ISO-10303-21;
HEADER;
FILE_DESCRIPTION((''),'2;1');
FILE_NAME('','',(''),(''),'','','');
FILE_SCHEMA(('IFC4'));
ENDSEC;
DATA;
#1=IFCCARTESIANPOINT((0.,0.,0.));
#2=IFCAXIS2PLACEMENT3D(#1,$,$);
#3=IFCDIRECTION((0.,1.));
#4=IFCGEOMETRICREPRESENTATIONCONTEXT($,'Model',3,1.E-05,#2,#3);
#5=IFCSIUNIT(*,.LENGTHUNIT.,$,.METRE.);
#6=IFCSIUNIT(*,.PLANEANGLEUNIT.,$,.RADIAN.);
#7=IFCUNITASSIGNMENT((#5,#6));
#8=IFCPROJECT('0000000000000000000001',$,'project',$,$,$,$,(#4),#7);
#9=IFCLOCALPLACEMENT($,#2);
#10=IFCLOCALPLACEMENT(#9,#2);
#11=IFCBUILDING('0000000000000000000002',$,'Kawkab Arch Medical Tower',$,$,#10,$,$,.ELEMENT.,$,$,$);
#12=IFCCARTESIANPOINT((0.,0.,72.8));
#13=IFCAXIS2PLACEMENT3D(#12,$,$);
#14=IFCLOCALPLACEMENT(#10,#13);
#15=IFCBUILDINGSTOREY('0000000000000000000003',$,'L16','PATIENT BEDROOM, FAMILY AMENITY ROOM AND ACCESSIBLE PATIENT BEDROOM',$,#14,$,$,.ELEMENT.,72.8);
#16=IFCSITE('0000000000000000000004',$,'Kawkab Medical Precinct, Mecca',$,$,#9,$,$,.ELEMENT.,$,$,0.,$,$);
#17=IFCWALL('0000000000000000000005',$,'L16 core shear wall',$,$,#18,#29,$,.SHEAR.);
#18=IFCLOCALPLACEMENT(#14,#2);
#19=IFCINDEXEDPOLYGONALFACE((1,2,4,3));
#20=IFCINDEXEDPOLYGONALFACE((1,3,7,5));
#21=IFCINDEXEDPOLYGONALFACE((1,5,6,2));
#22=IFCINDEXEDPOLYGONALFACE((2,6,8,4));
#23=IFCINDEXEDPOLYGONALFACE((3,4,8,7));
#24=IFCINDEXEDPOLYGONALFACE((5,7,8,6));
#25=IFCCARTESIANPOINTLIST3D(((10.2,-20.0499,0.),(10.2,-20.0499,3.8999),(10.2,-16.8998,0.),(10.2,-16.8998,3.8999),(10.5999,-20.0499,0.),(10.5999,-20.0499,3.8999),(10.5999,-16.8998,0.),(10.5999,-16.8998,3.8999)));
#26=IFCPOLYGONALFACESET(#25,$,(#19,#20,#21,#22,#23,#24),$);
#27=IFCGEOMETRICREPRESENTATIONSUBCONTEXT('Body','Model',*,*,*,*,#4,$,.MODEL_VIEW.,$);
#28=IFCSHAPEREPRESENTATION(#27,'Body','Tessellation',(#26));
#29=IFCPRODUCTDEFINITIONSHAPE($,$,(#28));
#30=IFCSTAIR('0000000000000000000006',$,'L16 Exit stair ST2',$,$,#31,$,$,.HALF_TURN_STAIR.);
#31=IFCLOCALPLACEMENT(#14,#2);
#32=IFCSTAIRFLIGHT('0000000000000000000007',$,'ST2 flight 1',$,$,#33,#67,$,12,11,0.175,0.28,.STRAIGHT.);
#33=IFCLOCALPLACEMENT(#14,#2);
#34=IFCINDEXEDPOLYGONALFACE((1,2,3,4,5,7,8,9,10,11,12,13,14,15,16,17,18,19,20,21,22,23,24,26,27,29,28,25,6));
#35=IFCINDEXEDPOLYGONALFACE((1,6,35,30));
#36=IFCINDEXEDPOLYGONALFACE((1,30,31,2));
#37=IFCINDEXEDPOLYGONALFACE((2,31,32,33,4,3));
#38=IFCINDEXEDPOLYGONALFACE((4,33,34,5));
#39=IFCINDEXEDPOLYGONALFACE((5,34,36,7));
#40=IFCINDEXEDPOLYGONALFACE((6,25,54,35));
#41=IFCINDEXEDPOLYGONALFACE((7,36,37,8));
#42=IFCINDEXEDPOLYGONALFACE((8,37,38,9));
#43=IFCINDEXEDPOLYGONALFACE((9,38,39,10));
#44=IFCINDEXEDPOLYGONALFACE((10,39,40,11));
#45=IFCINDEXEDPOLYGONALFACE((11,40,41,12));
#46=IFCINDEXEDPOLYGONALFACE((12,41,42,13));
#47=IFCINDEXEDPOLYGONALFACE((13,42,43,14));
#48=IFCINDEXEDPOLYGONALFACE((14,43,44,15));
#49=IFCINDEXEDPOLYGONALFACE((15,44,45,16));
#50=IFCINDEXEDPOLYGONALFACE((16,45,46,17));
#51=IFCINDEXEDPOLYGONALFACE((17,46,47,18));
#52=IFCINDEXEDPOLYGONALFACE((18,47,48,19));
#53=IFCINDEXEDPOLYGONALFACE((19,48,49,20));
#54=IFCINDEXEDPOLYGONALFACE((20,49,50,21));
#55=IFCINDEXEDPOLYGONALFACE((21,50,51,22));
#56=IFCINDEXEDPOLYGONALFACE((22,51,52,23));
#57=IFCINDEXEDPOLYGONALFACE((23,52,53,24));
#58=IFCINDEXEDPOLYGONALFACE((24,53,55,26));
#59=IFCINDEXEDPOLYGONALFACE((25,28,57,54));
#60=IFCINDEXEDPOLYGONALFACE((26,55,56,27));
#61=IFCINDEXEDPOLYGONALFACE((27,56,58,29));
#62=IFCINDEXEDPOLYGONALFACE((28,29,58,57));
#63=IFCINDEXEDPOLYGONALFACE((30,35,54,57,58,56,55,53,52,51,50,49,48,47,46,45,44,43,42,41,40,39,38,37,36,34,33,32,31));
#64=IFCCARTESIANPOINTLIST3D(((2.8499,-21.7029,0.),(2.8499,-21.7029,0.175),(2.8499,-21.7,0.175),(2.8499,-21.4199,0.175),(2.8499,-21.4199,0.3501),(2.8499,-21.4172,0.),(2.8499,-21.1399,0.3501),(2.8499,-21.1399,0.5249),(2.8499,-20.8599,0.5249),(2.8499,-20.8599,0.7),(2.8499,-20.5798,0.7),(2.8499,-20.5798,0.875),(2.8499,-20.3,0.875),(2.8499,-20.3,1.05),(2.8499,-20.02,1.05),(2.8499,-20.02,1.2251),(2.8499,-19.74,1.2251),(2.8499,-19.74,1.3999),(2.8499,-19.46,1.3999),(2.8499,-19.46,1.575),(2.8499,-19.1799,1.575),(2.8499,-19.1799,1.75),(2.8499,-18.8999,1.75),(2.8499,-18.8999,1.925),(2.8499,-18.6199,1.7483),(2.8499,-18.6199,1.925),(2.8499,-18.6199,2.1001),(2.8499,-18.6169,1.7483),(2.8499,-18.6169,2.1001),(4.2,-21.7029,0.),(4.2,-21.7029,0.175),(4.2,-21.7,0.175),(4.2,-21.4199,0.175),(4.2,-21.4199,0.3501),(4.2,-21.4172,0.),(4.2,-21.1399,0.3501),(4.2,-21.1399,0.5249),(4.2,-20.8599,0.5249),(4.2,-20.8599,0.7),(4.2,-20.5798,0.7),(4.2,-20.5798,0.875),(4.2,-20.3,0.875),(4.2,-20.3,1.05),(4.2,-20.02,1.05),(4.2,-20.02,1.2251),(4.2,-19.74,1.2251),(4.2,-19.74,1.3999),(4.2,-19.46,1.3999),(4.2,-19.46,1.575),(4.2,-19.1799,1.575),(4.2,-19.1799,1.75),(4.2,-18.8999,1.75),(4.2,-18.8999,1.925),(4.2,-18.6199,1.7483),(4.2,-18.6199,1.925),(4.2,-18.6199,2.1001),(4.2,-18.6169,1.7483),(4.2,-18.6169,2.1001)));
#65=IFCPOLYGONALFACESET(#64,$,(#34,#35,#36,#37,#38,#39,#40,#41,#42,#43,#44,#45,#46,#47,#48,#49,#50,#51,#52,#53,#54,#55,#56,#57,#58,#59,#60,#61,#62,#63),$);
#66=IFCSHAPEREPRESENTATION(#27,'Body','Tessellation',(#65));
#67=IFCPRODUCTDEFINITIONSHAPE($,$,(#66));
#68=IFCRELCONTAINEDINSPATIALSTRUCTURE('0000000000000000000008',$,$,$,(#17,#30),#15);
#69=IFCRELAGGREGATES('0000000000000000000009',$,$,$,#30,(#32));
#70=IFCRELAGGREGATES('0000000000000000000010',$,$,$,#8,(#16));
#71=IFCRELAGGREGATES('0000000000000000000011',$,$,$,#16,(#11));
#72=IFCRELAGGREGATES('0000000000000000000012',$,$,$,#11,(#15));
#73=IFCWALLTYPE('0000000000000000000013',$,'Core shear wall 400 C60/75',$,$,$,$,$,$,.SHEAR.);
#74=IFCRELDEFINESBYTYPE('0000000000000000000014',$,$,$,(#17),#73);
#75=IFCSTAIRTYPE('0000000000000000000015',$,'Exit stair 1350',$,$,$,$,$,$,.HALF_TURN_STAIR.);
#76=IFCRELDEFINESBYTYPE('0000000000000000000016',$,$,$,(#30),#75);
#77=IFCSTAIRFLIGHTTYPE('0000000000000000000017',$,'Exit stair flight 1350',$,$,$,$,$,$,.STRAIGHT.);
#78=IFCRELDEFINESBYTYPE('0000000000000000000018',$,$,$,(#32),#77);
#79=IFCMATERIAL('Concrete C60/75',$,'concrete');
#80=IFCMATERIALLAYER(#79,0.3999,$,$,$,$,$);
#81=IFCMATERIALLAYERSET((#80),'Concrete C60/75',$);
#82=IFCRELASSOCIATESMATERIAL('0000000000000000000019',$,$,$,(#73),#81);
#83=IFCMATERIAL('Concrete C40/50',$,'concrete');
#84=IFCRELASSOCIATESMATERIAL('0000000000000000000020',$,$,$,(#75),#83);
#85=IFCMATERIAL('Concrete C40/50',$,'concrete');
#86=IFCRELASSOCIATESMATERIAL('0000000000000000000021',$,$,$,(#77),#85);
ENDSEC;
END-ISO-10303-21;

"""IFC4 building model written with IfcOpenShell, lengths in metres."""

from ifc_helpers import new_model, si_unit, direction, frame, frame_2d, origin, place, context, subcontext, project, spatial, polyline, rectangle, outline, extrude, material, layer, layer_set, type_object, element, aggregate, save


model = new_model("IFC4")

# Units and contexts
model_context = context("Model", 3, precision=1e-05, world=origin(), true_north=direction((0.0, 1.0)))
body_context = subcontext(model_context, "Body", "Model", "MODEL_VIEW")
ifc_project = project(units=[si_unit("LENGTHUNIT", "METRE"), si_unit("PLANEANGLEUNIT", "RADIAN")], contexts=[model_context])

# Site, building, storey
site_placement = place(None, origin())
site = spatial("IfcSite", under=ifc_project, at=site_placement, Name="Kawkab Medical Precinct, Mecca", CompositionType="ELEMENT", RefElevation=0.0)
building_placement = place(site_placement, origin())
building = spatial("IfcBuilding", under=site, at=building_placement, Name="Kawkab Arch Medical Tower", CompositionType="ELEMENT")
storey_placement = place(building_placement, frame((0.0, 0.0, 72.8)))
storey = spatial("IfcBuildingStorey", under=building, at=storey_placement, Name="L16", Description="PATIENT BEDROOM, FAMILY AMENITY ROOM AND ACCESSIBLE PATIENT BEDROOM", CompositionType="ELEMENT", Elevation=72.8)

# Shared definitions
ifc_material_1 = material(Name="Concrete C60/75", Category="concrete")
ifc_layer_1 = layer(ifc_material_1, 0.3999)
ifc_layer_set_1 = layer_set([ifc_layer_1], Name="Concrete C60/75")
wall_type_1 = type_object("IfcWallType", Name="Core shear wall 400 C60/75", PredefinedType="SHEAR", material=ifc_layer_set_1)

# Wall
wall_1_placement = place(storey_placement, frame((10.3999, -20.05, 0.0), z_axis=(0.0, 0.0, 1.0), x_axis=(0.0, 1.0, 0.0)))
element("IfcWall", 1, at=wall_1_placement, inside=storey, type_object=wall_type_1, Name="L16 core shear wall", PredefinedType="SHEAR", context=body_context, shape_type="SweptSolid", body=[
    extrude(rectangle(XDim=3.1501, YDim=0.3999, at=frame_2d((1.5752, 0.0))), origin(), (0.0, 0.0, 1.0), 3.8999),
])

# Stair, stair flight
ifc_material_2 = material(Name="Concrete C40/50", Category="concrete")
stair_type = type_object("IfcStairType", Name="Exit stair 1350", PredefinedType="HALF_TURN_STAIR", material=ifc_material_2)
stair_placement = place(storey_placement, origin())
stair = element("IfcStair", 2, at=stair_placement, inside=storey, type_object=stair_type, Name="L16 Exit stair ST2", PredefinedType="HALF_TURN_STAIR")
ifc_material_3 = material(Name="Concrete C40/50", Category="concrete")
stair_flight_type = type_object("IfcStairFlightType", Name="Exit stair flight 1350", PredefinedType="STRAIGHT", material=ifc_material_3)
stair_flight_placement = place(storey_placement, frame((3.5249, -21.7, 0.0), z_axis=(0.0, 0.0, 1.0), x_axis=(0.0, 1.0, 0.0)))
stair_flight = element("IfcStairFlight", 3, at=stair_flight_placement, type_object=stair_flight_type, Name="ST2 flight 1", NumberOfRisers=12, NumberOfTreads=11, PredefinedType="STRAIGHT", RiserHeight=0.175, TreadLength=0.28, context=body_context, shape_type="SweptSolid", body=[
    extrude(outline(polyline([(-0.0029, 0.0), (-0.0029, 0.175), (0.0, 0.175), (0.28, 0.175), (0.28, 0.3501), (0.5601, 0.3501), (0.5601, 0.5249), (0.8401, 0.5249), (0.8401, 0.7), (1.1201, 0.7), (1.1201, 0.875), (1.3999, 0.875), (1.3999, 1.05), (1.6799, 1.05), (1.6799, 1.2251), (1.96, 1.2251), (1.96, 1.3999), (2.24, 1.3999), (2.24, 1.575), (2.52, 1.575), (2.52, 1.75), (2.8, 1.75), (2.8, 1.925), (3.0801, 1.925), (3.0801, 2.1001), (3.083, 2.1001), (3.083, 1.7483), (3.0801, 1.7483), (0.2827, 0.0), (-0.0029, 0.0)])), frame((0.0, 0.675, 0.0), z_axis=(0.0, -1.0, 0.0), x_axis=(1.0, 0.0, 0.0)), (0.0, 0.0, 1.0), 1.3501),
])
aggregate(stair, [stair_flight])

save(model, "model.ifc")
